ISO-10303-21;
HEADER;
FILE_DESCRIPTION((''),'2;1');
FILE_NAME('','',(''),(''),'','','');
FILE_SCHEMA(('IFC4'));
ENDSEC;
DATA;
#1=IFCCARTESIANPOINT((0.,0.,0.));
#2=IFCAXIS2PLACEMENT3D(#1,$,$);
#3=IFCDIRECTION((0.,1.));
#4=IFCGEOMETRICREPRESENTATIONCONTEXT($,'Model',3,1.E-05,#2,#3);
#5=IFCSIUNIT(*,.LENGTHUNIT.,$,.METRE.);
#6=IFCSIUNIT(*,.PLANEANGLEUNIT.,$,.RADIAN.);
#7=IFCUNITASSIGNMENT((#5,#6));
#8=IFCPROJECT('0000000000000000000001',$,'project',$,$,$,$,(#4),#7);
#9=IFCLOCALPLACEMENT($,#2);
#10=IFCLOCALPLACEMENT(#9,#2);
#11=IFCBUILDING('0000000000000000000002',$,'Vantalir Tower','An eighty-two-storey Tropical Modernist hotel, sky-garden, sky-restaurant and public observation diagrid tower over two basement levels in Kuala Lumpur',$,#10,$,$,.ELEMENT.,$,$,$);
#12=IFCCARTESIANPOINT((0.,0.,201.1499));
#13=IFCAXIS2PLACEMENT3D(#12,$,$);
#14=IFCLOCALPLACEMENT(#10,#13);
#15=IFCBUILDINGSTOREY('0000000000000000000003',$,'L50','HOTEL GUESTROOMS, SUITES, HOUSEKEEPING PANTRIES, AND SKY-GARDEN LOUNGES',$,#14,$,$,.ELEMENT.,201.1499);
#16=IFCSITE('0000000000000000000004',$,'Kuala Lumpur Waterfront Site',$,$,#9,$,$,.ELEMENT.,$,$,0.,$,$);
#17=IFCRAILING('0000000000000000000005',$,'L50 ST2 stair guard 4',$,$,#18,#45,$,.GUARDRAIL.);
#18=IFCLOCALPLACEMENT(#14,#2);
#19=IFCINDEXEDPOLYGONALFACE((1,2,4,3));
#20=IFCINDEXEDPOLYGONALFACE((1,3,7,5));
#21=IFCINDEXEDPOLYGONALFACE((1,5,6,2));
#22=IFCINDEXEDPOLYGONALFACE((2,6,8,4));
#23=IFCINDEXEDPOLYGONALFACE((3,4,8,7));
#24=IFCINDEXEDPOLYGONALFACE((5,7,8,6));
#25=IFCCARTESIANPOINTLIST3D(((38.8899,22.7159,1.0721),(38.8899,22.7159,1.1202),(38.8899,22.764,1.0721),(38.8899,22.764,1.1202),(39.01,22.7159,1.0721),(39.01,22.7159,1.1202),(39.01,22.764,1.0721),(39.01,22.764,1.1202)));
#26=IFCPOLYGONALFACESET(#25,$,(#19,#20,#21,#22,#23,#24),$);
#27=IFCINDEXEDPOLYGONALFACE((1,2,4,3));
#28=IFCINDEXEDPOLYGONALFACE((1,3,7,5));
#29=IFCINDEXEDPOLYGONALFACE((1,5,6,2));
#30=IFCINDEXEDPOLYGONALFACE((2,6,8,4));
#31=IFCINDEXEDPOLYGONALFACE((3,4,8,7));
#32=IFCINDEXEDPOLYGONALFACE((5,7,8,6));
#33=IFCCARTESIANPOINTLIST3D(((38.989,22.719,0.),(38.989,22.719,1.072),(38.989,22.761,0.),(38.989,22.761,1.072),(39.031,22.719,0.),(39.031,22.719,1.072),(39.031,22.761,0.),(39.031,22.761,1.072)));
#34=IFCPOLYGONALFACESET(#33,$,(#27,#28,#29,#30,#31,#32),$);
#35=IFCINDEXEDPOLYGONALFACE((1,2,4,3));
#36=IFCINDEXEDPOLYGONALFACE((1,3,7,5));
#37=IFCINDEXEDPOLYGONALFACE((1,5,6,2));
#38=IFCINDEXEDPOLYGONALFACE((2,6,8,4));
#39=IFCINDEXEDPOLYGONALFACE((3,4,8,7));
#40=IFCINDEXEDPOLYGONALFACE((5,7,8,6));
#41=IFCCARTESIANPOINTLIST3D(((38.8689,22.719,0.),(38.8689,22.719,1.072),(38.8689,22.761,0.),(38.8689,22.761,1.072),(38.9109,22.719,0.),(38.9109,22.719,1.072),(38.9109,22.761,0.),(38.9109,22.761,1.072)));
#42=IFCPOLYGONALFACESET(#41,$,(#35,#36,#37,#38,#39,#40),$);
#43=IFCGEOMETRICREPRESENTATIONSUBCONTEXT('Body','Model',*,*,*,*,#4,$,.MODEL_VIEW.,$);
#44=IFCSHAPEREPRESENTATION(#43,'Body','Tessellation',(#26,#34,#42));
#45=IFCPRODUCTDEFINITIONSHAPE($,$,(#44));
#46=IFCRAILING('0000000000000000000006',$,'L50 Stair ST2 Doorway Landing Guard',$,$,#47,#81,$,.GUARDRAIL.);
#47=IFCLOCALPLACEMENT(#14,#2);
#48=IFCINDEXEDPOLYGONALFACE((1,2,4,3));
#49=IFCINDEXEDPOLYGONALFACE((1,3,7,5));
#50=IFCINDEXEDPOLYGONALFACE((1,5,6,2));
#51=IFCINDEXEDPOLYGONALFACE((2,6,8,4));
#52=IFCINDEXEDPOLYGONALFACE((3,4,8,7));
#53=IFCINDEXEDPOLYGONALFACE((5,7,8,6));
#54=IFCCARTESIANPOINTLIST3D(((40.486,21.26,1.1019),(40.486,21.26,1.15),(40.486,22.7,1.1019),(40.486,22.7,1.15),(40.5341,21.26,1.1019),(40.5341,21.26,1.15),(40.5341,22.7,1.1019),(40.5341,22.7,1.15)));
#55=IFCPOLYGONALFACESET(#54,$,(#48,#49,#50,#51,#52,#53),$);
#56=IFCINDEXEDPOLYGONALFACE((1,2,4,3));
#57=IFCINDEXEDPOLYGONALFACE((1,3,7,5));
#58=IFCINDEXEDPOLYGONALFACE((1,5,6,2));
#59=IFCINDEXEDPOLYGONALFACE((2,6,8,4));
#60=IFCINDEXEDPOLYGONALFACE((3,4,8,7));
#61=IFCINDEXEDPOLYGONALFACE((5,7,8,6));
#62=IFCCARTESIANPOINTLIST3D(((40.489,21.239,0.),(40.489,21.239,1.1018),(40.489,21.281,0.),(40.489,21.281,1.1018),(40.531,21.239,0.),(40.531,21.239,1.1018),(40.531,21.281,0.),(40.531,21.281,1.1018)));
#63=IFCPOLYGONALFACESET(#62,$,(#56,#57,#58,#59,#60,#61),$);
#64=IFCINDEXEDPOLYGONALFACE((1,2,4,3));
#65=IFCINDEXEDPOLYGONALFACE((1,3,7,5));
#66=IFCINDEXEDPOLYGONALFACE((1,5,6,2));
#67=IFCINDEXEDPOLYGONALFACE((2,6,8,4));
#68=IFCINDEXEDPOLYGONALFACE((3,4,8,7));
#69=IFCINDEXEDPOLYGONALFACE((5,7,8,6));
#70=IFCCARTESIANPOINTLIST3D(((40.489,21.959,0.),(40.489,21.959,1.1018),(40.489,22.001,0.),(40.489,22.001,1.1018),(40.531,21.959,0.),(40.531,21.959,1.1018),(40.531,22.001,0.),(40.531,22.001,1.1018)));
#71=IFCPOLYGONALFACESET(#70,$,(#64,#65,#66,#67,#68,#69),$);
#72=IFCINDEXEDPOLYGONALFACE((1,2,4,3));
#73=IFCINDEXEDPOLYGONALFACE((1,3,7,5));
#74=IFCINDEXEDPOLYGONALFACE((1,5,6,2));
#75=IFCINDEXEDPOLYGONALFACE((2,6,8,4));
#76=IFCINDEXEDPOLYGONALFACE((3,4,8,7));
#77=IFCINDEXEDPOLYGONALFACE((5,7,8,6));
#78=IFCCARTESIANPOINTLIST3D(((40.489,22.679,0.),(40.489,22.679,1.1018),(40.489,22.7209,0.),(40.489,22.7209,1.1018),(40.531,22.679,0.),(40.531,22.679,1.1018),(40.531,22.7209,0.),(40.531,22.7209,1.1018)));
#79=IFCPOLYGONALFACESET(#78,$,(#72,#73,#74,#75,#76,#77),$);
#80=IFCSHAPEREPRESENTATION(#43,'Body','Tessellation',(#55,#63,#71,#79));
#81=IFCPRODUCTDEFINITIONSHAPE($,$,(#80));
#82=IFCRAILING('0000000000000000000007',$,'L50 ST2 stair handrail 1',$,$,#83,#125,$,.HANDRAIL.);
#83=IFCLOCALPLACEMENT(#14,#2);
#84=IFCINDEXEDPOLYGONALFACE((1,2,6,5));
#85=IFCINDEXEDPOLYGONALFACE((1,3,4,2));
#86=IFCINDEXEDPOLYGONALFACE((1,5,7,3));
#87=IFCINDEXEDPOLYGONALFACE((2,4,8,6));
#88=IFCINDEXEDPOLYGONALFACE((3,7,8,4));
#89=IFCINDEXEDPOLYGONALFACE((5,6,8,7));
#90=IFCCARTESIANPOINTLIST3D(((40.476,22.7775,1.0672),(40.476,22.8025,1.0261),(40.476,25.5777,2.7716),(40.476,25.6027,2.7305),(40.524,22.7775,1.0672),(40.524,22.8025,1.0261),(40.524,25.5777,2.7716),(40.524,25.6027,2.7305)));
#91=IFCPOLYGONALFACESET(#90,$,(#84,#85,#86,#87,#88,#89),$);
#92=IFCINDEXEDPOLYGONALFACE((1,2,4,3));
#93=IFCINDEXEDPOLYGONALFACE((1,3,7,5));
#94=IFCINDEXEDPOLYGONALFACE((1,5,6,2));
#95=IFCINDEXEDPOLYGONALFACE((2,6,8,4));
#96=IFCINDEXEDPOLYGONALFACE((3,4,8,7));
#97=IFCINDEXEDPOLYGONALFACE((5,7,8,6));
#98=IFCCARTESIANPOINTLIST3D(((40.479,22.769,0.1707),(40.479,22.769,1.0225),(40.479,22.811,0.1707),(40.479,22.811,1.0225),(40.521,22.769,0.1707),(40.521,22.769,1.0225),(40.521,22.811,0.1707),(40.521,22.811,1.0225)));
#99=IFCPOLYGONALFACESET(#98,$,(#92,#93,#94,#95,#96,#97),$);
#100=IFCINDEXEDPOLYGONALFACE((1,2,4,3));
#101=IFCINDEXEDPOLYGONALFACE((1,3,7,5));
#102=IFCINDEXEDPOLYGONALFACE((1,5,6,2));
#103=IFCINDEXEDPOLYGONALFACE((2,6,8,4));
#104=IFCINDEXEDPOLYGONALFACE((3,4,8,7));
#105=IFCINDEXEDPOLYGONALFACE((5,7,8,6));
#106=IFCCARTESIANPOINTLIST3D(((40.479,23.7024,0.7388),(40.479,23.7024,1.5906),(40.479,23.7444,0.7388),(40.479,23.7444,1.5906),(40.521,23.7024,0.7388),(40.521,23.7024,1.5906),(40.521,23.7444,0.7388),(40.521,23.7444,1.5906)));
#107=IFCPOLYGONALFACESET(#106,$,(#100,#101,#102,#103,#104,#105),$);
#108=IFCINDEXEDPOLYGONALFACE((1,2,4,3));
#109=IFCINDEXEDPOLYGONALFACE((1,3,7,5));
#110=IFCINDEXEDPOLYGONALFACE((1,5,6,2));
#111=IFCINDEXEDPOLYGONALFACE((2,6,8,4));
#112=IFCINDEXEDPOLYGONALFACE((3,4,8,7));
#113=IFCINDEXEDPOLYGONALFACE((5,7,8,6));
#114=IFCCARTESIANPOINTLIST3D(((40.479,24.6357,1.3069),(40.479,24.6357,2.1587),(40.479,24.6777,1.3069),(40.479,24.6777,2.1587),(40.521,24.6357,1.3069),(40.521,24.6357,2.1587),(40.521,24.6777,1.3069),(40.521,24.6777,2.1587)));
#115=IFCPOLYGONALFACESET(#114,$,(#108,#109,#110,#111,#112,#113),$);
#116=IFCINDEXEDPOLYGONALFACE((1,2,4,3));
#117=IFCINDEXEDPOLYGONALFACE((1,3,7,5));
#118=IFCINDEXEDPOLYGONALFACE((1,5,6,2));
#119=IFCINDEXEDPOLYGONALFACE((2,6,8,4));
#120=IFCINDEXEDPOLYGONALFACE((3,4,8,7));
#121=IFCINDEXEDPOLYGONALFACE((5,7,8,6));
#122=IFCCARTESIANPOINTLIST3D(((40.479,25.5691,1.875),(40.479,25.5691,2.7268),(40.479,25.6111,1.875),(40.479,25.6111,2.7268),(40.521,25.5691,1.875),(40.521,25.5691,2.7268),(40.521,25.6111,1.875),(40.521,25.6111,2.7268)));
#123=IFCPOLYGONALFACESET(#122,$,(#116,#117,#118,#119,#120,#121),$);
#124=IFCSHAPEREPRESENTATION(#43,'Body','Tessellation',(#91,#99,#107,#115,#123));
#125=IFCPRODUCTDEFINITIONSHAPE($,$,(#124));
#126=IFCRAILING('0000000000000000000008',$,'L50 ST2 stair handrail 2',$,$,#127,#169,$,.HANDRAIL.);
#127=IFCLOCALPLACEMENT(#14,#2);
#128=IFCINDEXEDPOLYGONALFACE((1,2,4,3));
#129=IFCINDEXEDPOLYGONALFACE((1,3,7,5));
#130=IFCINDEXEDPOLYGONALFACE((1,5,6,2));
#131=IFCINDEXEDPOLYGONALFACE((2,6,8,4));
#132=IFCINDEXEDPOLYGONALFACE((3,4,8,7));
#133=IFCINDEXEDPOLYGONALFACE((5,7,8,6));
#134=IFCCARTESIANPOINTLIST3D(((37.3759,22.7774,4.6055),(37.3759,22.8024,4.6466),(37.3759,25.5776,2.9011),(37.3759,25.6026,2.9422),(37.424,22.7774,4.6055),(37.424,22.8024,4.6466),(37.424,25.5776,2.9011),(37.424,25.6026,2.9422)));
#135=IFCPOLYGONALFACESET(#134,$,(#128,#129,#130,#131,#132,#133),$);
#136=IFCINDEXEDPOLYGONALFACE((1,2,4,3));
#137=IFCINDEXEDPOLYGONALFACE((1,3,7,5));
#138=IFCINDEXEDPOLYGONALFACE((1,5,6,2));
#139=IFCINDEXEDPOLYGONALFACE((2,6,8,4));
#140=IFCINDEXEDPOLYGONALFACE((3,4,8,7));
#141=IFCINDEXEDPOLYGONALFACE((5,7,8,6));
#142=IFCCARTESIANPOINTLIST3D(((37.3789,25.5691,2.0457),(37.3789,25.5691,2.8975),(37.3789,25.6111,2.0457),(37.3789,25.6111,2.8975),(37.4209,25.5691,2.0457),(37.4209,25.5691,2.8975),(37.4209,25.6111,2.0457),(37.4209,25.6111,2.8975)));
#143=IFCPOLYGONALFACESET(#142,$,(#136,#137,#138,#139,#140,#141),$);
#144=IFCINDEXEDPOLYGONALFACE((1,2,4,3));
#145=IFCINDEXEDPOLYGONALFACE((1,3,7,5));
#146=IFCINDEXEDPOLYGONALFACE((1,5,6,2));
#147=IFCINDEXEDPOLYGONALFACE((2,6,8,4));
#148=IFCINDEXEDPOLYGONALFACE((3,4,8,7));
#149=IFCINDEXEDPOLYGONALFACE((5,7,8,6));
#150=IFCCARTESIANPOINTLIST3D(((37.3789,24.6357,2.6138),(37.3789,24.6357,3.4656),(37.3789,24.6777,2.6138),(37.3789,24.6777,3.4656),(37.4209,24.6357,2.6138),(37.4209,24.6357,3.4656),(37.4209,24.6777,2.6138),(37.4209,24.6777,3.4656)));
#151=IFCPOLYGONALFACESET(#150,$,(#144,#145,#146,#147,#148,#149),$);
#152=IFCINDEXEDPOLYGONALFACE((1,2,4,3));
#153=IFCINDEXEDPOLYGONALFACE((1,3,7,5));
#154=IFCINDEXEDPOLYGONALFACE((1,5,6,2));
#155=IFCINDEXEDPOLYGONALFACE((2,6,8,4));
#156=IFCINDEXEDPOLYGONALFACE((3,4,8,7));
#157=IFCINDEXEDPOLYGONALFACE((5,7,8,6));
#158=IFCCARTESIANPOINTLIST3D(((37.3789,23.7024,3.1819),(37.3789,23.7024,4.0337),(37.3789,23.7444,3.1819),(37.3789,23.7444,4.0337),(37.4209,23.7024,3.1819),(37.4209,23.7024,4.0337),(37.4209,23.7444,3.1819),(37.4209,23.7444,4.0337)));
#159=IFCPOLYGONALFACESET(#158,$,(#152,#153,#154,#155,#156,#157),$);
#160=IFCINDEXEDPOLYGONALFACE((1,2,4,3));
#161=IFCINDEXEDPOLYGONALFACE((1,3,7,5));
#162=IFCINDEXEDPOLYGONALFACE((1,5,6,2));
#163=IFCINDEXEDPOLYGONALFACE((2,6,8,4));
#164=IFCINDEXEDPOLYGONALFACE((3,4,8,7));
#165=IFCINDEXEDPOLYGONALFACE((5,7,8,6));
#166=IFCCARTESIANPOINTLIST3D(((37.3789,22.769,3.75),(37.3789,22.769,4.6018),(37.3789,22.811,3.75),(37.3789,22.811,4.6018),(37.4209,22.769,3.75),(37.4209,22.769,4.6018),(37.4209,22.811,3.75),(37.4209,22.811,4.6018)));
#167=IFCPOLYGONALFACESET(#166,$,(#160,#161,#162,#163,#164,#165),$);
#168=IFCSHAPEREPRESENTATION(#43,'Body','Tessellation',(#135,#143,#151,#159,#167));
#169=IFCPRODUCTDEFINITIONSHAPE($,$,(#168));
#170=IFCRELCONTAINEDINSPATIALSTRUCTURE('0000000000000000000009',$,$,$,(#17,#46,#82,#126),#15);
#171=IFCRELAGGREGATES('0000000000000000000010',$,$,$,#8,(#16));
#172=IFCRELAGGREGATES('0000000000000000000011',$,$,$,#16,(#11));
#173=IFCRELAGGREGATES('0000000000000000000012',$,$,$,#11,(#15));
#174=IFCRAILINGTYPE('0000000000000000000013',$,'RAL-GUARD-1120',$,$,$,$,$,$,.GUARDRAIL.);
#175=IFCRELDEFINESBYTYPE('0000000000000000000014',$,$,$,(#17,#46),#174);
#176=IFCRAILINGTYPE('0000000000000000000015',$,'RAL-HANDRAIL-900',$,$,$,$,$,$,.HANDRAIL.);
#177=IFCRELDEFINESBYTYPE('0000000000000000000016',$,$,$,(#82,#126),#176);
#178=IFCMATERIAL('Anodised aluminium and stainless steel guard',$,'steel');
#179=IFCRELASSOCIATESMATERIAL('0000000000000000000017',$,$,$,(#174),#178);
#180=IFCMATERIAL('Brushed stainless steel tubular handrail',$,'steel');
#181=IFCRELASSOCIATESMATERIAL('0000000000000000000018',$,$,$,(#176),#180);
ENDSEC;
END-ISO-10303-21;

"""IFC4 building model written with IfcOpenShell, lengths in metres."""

from ifc_helpers import new_model, si_unit, direction, frame, origin, origin_2d, place, context, subcontext, project, spatial, rectangle, extrude, material, type_object, element, save


model = new_model("IFC4")

# Units and contexts
model_context = context("Model", 3, precision=1e-05, world=origin(), true_north=direction((0.0, 1.0)))
body_context = subcontext(model_context, "Body", "Model", "MODEL_VIEW")
ifc_project = project(units=[si_unit("LENGTHUNIT", "METRE"), si_unit("PLANEANGLEUNIT", "RADIAN")], contexts=[model_context])

# Site, building, storey
site_placement = place(None, origin())
site = spatial("IfcSite", under=ifc_project, at=site_placement, Name="Kuala Lumpur Waterfront Site", CompositionType="ELEMENT", RefElevation=0.0)
building_placement = place(site_placement, origin())
building = spatial("IfcBuilding", under=site, at=building_placement, Name="Vantalir Tower", Description="An eighty-two-storey Tropical Modernist hotel, sky-garden, sky-restaurant and public observation diagrid tower over two basement levels in Kuala Lumpur", CompositionType="ELEMENT")
storey_placement = place(building_placement, frame((0.0, 0.0, 201.1499)))
storey = spatial("IfcBuildingStorey", under=building, at=storey_placement, Name="L50", Description="HOTEL GUESTROOMS, SUITES, HOUSEKEEPING PANTRIES, AND SKY-GARDEN LOUNGES", CompositionType="ELEMENT", Elevation=201.1499)

# Railings
ifc_material_1 = material(Name="Anodised aluminium and stainless steel guard", Category="steel")
railing_type_1 = type_object("IfcRailingType", Name="RAL-GUARD-1120", PredefinedType="GUARDRAIL", material=ifc_material_1)
railing_1_placement = place(storey_placement, frame((39.01, 22.74, 0.0)))
element("IfcRailing", 1, at=railing_1_placement, inside=storey, type_object=railing_type_1, Name="L50 ST2 stair guard 4", PredefinedType="GUARDRAIL", context=body_context, shape_type="SweptSolid", body=[
    extrude(rectangle(XDim=0.0481, YDim=0.0481, at=origin_2d()), frame((0.0, 0.0, 1.0962), z_axis=(-1.0, 0.0, 0.0), x_axis=(0.0, -1.0, 0.0)), (0.0, 0.0, 1.0), 0.1201),
    extrude(rectangle(XDim=0.042, YDim=0.042, at=origin_2d()), origin(), (0.0, 0.0, 1.0), 1.072),
    extrude(rectangle(XDim=0.042, YDim=0.042, at=origin_2d()), frame((-0.1201, 0.0, 0.0)), (0.0, 0.0, 1.0), 1.072),
])
railing_2_placement = place(storey_placement, frame((40.51, 21.26, 0.0)))
element("IfcRailing", 2, at=railing_2_placement, inside=storey, type_object=railing_type_1, Name="L50 Stair ST2 Doorway Landing Guard", PredefinedType="GUARDRAIL", context=body_context, shape_type="SweptSolid", body=[
    extrude(rectangle(XDim=0.0481, YDim=0.0481, at=origin_2d()), frame((0.0, 0.0, 1.126), z_axis=(0.0, 1.0, 0.0), x_axis=(-1.0, 0.0, 0.0)), (0.0, 0.0, 1.0), 1.4399),
    extrude(rectangle(XDim=0.042, YDim=0.042, at=origin_2d()), origin(), (0.0, 0.0, 1.0), 1.1018),
    extrude(rectangle(XDim=0.042, YDim=0.042, at=origin_2d()), frame((0.0, 0.72, 0.0)), (0.0, 0.0, 1.0), 1.1018),
    extrude(rectangle(XDim=0.042, YDim=0.042, at=origin_2d()), frame((0.0, 1.4399, 0.0)), (0.0, 0.0, 1.0), 1.1018),
])
ifc_material_2 = material(Name="Brushed stainless steel tubular handrail", Category="steel")
railing_type_2 = type_object("IfcRailingType", Name="RAL-HANDRAIL-900", PredefinedType="HANDRAIL", material=ifc_material_2)
railing_3_placement = place(storey_placement, frame((40.5, 22.79, 0.1707)))
element("IfcRailing", 3, at=railing_3_placement, inside=storey, type_object=railing_type_2, Name="L50 ST2 stair handrail 1", PredefinedType="HANDRAIL", context=body_context, shape_type="SweptSolid", body=[
    extrude(rectangle(XDim=0.0481, YDim=0.0481, at=origin_2d()), frame((0.0, 0.0, 0.876), z_axis=(0.0, 0.854203, 0.51994), x_axis=(-1.0, 0.0, 0.0)), (0.0, 0.0, 1.0), 3.2781),
    extrude(rectangle(XDim=0.042, YDim=0.042, at=origin_2d()), origin(), (0.0, 0.0, 1.0), 0.8518),
    extrude(rectangle(XDim=0.042, YDim=0.042, at=origin_2d()), frame((0.0, 0.9333, 0.5681)), (0.0, 0.0, 1.0), 0.8518),
    extrude(rectangle(XDim=0.042, YDim=0.042, at=origin_2d()), frame((0.0, 1.8667, 1.1362)), (0.0, 0.0, 1.0), 0.8518),
    extrude(rectangle(XDim=0.042, YDim=0.042, at=origin_2d()), frame((0.0, 2.8, 1.7043)), (0.0, 0.0, 1.0), 0.8518),
])
railing_4_placement = place(storey_placement, frame((37.3999, 25.5901, 2.0457)))
element("IfcRailing", 4, at=railing_4_placement, inside=storey, type_object=railing_type_2, Name="L50 ST2 stair handrail 2", PredefinedType="HANDRAIL", context=body_context, shape_type="SweptSolid", body=[
    extrude(rectangle(XDim=0.0481, YDim=0.0481, at=origin_2d()), frame((0.0, 0.0, 0.876), z_axis=(0.0, -0.854203, 0.51994), x_axis=(1.0, 0.0, 0.0)), (0.0, 0.0, 1.0), 3.2781),
    extrude(rectangle(XDim=0.042, YDim=0.042, at=origin_2d()), origin(), (0.0, 0.0, 1.0), 0.8518),
    extrude(rectangle(XDim=0.042, YDim=0.042, at=origin_2d()), frame((0.0, -0.9333, 0.5681)), (0.0, 0.0, 1.0), 0.8518),
    extrude(rectangle(XDim=0.042, YDim=0.042, at=origin_2d()), frame((0.0, -1.8667, 1.1362)), (0.0, 0.0, 1.0), 0.8518),
    extrude(rectangle(XDim=0.042, YDim=0.042, at=origin_2d()), frame((0.0, -2.8, 1.7043)), (0.0, 0.0, 1.0), 0.8518),
])

save(model, "model.ifc")
